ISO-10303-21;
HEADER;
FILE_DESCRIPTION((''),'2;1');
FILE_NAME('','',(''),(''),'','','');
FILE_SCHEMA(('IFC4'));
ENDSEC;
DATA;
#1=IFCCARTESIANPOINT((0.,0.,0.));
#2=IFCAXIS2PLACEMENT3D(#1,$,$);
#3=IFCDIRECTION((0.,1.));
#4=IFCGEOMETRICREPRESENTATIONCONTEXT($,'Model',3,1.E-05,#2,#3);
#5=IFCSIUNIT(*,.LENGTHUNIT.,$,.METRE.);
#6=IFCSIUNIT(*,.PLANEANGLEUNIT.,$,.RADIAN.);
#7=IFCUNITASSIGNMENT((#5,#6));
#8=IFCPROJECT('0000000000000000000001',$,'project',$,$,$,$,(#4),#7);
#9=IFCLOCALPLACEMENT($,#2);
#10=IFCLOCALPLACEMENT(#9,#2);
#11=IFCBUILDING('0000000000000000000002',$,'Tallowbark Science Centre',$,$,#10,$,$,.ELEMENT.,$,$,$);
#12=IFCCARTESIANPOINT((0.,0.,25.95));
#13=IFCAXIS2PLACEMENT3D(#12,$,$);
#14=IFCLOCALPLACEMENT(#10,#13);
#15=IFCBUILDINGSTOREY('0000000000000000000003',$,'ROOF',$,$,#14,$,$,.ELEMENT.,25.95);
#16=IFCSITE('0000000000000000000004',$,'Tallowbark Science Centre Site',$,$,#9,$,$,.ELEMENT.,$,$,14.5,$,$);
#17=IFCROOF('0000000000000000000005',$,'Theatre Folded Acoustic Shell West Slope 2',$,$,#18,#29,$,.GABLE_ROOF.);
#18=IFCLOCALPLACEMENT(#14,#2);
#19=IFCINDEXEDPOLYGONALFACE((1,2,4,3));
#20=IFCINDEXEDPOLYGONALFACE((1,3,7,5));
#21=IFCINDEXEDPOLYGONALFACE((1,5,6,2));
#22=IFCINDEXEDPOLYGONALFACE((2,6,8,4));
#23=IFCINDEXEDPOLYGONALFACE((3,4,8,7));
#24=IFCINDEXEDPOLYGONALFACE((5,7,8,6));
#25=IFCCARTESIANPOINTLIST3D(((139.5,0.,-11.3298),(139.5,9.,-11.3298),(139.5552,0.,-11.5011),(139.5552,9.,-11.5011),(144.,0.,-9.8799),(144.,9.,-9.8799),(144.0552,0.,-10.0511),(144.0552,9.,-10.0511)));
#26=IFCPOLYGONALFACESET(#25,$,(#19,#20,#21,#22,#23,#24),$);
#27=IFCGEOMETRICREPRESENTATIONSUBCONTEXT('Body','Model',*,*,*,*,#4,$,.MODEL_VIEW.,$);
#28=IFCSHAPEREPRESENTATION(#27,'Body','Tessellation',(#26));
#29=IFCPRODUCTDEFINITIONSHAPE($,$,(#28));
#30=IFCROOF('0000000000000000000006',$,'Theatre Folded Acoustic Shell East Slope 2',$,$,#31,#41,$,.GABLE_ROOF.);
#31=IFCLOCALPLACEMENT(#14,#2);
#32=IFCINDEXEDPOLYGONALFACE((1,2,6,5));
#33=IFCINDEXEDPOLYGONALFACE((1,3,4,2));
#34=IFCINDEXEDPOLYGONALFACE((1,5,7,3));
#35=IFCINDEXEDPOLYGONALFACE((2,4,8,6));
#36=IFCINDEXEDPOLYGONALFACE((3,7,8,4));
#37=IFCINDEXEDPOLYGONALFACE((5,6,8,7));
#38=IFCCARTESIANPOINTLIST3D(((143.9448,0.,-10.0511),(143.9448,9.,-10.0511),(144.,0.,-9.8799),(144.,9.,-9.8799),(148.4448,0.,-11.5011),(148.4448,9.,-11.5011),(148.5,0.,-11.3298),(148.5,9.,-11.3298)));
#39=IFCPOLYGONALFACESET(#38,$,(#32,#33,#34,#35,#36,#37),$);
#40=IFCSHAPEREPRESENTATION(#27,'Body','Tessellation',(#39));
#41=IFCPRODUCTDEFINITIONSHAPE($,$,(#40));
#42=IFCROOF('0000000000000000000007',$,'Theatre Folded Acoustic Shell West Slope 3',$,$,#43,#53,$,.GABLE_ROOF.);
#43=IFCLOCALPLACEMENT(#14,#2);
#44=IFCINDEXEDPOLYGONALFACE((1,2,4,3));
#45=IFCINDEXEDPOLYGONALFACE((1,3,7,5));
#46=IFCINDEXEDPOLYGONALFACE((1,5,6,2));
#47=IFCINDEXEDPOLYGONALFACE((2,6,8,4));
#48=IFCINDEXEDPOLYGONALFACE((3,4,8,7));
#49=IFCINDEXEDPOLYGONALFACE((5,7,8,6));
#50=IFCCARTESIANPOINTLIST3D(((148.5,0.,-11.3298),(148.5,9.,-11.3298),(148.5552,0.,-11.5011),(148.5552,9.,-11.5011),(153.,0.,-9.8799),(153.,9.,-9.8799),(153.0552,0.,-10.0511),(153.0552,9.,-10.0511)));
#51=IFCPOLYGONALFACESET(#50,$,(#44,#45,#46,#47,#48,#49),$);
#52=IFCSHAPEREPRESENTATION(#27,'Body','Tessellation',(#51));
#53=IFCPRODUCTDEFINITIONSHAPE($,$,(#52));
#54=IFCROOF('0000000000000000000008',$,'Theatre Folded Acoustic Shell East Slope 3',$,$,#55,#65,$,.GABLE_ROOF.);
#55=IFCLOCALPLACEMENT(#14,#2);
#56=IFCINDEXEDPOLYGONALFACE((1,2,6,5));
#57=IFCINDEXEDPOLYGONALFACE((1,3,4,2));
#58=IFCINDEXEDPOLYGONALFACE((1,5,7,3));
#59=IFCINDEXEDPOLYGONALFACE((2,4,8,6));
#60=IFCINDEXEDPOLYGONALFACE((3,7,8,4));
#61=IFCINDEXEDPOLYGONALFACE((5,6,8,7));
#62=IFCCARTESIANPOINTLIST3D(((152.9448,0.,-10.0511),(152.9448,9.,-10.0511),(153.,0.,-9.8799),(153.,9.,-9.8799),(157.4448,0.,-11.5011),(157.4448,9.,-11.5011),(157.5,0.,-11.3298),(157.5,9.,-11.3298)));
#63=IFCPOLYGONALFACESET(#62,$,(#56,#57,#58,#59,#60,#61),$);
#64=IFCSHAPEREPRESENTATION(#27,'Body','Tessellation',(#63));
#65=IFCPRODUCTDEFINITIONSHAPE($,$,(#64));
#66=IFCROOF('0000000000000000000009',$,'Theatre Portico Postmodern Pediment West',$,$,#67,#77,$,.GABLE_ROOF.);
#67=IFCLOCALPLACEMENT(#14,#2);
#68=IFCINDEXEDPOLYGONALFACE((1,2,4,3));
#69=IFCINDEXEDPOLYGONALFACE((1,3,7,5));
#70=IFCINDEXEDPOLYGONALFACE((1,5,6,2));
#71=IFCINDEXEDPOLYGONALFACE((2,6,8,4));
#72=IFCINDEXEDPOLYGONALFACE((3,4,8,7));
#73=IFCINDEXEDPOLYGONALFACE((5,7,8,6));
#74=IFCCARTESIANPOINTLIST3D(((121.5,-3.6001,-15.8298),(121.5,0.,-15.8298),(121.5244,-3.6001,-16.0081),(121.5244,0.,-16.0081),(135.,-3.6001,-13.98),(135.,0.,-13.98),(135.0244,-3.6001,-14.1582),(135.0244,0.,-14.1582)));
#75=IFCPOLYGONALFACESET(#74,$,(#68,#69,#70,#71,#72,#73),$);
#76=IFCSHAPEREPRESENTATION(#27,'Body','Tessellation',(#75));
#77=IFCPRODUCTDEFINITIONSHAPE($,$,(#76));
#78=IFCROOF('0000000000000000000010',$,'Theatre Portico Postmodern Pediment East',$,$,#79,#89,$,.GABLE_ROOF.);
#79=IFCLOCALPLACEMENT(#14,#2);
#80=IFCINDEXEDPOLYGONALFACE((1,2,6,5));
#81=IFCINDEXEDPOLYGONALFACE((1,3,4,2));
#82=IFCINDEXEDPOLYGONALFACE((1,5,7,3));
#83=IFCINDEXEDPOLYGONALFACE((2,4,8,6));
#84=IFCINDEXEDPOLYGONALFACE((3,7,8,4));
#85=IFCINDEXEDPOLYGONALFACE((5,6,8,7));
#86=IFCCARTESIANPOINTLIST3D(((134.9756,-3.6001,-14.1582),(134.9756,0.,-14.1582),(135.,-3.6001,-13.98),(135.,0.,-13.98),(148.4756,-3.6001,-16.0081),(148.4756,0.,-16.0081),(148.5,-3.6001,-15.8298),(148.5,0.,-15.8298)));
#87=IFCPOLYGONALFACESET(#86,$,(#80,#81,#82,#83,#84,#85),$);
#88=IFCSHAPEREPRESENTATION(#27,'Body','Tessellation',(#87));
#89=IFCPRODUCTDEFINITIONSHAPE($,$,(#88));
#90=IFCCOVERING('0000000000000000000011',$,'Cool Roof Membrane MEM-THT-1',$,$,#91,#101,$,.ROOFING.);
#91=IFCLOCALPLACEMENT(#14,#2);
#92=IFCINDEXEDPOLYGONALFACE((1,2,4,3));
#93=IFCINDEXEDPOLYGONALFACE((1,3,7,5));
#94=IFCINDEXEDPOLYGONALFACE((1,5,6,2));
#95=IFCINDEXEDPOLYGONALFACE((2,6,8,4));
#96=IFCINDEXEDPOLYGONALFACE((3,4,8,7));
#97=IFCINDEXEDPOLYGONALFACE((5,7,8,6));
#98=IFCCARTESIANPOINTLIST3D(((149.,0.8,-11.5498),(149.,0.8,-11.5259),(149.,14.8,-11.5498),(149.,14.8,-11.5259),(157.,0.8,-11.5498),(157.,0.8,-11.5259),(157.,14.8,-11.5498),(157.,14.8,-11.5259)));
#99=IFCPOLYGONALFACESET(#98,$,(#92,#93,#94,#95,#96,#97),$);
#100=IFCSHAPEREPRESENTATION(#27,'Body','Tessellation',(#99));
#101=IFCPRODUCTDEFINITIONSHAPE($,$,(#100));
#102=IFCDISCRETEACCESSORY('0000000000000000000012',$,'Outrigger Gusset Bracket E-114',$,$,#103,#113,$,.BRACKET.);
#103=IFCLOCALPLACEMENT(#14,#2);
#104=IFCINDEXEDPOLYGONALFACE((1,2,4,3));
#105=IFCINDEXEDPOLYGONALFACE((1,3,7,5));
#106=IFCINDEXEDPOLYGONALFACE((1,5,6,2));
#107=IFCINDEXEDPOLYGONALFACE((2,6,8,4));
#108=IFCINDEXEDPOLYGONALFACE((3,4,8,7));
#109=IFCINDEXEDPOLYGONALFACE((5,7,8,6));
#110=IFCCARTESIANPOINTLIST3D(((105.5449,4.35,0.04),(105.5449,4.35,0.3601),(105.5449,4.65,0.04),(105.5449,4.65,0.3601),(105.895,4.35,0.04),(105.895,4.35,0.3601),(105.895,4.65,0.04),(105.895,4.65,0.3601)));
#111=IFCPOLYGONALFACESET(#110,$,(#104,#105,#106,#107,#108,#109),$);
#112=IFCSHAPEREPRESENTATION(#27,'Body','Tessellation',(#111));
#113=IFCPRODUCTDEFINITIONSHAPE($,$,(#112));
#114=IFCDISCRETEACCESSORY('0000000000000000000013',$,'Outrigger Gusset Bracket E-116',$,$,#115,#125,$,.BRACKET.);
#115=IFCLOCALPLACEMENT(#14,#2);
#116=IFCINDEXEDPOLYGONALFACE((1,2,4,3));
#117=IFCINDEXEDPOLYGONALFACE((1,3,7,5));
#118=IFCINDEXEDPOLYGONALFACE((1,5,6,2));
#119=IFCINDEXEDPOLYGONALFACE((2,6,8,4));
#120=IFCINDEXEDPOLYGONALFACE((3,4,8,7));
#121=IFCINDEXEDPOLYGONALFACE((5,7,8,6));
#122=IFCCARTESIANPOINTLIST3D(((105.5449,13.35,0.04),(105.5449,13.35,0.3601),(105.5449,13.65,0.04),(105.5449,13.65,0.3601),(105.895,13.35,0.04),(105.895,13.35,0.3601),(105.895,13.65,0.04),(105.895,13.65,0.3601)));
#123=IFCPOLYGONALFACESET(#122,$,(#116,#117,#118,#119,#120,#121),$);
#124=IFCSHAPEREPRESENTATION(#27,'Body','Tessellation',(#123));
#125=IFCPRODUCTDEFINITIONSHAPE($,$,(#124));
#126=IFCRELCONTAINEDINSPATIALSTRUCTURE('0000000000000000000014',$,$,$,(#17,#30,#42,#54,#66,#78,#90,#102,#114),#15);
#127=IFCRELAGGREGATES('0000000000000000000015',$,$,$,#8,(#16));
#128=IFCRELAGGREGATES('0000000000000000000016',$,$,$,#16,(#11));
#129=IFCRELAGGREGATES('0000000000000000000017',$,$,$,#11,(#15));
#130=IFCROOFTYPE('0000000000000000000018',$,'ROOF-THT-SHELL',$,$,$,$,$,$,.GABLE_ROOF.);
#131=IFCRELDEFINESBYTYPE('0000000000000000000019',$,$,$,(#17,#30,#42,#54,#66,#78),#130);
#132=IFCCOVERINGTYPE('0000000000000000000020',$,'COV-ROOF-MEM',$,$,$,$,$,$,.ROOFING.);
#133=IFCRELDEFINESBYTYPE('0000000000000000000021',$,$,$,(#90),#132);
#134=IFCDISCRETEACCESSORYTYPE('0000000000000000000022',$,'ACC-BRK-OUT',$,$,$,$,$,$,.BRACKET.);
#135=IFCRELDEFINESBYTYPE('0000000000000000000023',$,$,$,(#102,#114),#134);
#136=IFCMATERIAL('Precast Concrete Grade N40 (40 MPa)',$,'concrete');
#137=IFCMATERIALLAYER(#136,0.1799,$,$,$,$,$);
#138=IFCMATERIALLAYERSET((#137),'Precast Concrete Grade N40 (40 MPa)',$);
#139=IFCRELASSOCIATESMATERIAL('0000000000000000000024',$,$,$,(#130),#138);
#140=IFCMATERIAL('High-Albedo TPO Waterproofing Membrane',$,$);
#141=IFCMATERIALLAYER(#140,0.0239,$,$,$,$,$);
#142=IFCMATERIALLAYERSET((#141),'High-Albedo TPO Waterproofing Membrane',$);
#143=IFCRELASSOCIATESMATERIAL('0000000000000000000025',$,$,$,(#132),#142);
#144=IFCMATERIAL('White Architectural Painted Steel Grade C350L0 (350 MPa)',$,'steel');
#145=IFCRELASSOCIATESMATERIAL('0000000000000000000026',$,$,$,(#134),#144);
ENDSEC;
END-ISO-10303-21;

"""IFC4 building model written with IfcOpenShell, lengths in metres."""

from ifc_helpers import new_model, si_unit, direction, frame, origin, origin_2d, place, context, subcontext, project, spatial, polyline, rectangle, outline, extrude, material, layer, layer_set, type_object, element, save


model = new_model("IFC4")

# Units and contexts
model_context = context("Model", 3, precision=1e-05, world=origin(), true_north=direction((0.0, 1.0)))
body_context = subcontext(model_context, "Body", "Model", "MODEL_VIEW")
ifc_project = project(units=[si_unit("LENGTHUNIT", "METRE"), si_unit("PLANEANGLEUNIT", "RADIAN")], contexts=[model_context])

# Site, building, storey
site_placement = place(None, origin())
site = spatial("IfcSite", under=ifc_project, at=site_placement, Name="Tallowbark Science Centre Site", CompositionType="ELEMENT", RefElevation=14.5)
building_placement = place(site_placement, origin())
building = spatial("IfcBuilding", under=site, at=building_placement, Name="Tallowbark Science Centre", CompositionType="ELEMENT")
storey_placement = place(building_placement, frame((0.0, 0.0, 25.95)))
storey = spatial("IfcBuildingStorey", under=building, at=storey_placement, Name="ROOF", CompositionType="ELEMENT", Elevation=25.95)

# Shared definitions
ifc_material_1 = material(Name="White Architectural Painted Steel Grade C350L0 (350 MPa)", Category="steel")

# Roofs
ifc_material_2 = material(Name="Precast Concrete Grade N40 (40 MPa)", Category="concrete")
ifc_layer_1 = layer(ifc_material_2, 0.1799)
ifc_layer_set_1 = layer_set([ifc_layer_1], Name="Precast Concrete Grade N40 (40 MPa)")
roof_type = type_object("IfcRoofType", Name="ROOF-THT-SHELL", PredefinedType="GABLE_ROOF", material=ifc_layer_set_1)
for number, where, z_axis, x_axis, name in (
    (1, (139.5, 0.0, -11.3298), (-0.306684, 0.0, 0.951811), (0.951811, 0.0, 0.306684), "Theatre Folded Acoustic Shell West Slope 2"),
    (2, (144.0, 0.0, -9.8799), (0.306684, 0.0, 0.951811), (0.951811, 0.0, -0.306684), "Theatre Folded Acoustic Shell East Slope 2"),
    (3, (148.5, 0.0, -11.3298), (-0.306684, 0.0, 0.951811), (0.951811, 0.0, 0.306684), "Theatre Folded Acoustic Shell West Slope 3"),
    (4, (153.0, 0.0, -9.8799), (0.306684, 0.0, 0.951811), (0.951811, 0.0, -0.306684), "Theatre Folded Acoustic Shell East Slope 3"),
):
    element("IfcRoof", number, at=place(storey_placement, frame(where, z_axis=z_axis, x_axis=x_axis)), inside=storey, type_object=roof_type, Name=name, PredefinedType="GABLE_ROOF", context=body_context, shape_type="SweptSolid", body=[
        extrude(outline(polyline([(0.0, 0.0), (4.7278, 0.0), (4.7278, 9.0), (0.0, 9.0), (0.0, 0.0)])), origin(), (0.0, 0.0, -1.0), 0.1799),
    ])
for number, where, z_axis, x_axis, name in (
    (5, (121.5, -3.6001, -15.8298), (-0.135758, 0.0, 0.990742), (0.990742, 0.0, 0.135758), "Theatre Portico Postmodern Pediment West"),
    (6, (135.0, -3.6001, -13.98), (0.135758, 0.0, 0.990742), (0.990742, 0.0, -0.135758), "Theatre Portico Postmodern Pediment East"),
):
    element("IfcRoof", number, at=place(storey_placement, frame(where, z_axis=z_axis, x_axis=x_axis)), inside=storey, type_object=roof_type, Name=name, PredefinedType="GABLE_ROOF", context=body_context, shape_type="SweptSolid", body=[
        extrude(outline(polyline([(0.0, 0.0), (13.6261, 0.0), (13.6261, 3.6001), (0.0, 3.6001), (0.0, 0.0)])), origin(), (0.0, 0.0, -1.0), 0.1799),
    ])

# Covering
ifc_material_3 = material(Name="High-Albedo TPO Waterproofing Membrane")
ifc_layer_2 = layer(ifc_material_3, 0.0239)
ifc_layer_set_2 = layer_set([ifc_layer_2], Name="High-Albedo TPO Waterproofing Membrane")
covering_type = type_object("IfcCoveringType", Name="COV-ROOF-MEM", PredefinedType="ROOFING", material=ifc_layer_set_2)
covering_placement = place(storey_placement, frame((153.0, 7.8, -11.5498), z_axis=(0.0, 0.0, 1.0), x_axis=(1.0, 0.0, 0.0)))
element("IfcCovering", 7, at=covering_placement, inside=storey, type_object=covering_type, Name="Cool Roof Membrane MEM-THT-1", PredefinedType="ROOFING", context=body_context, shape_type="SweptSolid", body=[
    extrude(rectangle(XDim=8.0, YDim=14.0, at=origin_2d()), origin(), (0.0, 0.0, 1.0), 0.0239),
])

# Discrete accessories
discrete_accessory_type = type_object("IfcDiscreteAccessoryType", Name="ACC-BRK-OUT", PredefinedType="BRACKET", material=ifc_material_1)
for number, where, z_axis, x_axis, name in (
    (8, (105.72, 4.5, 0.04), (0.0, 0.0, 1.0), (1.0, 0.0, 0.0), "Outrigger Gusset Bracket E-114"),
    (9, (105.72, 13.5, 0.04), (0.0, 0.0, 1.0), (1.0, 0.0, 0.0), "Outrigger Gusset Bracket E-116"),
):
    element("IfcDiscreteAccessory", number, at=place(storey_placement, frame(where, z_axis=z_axis, x_axis=x_axis)), inside=storey, type_object=discrete_accessory_type, Name=name, PredefinedType="BRACKET", context=body_context, shape_type="SweptSolid", body=[
        extrude(rectangle(XDim=0.3501, YDim=0.3, at=origin_2d()), origin(), (0.0, 0.0, 1.0), 0.3201),
    ])

save(model, "model.ifc")
